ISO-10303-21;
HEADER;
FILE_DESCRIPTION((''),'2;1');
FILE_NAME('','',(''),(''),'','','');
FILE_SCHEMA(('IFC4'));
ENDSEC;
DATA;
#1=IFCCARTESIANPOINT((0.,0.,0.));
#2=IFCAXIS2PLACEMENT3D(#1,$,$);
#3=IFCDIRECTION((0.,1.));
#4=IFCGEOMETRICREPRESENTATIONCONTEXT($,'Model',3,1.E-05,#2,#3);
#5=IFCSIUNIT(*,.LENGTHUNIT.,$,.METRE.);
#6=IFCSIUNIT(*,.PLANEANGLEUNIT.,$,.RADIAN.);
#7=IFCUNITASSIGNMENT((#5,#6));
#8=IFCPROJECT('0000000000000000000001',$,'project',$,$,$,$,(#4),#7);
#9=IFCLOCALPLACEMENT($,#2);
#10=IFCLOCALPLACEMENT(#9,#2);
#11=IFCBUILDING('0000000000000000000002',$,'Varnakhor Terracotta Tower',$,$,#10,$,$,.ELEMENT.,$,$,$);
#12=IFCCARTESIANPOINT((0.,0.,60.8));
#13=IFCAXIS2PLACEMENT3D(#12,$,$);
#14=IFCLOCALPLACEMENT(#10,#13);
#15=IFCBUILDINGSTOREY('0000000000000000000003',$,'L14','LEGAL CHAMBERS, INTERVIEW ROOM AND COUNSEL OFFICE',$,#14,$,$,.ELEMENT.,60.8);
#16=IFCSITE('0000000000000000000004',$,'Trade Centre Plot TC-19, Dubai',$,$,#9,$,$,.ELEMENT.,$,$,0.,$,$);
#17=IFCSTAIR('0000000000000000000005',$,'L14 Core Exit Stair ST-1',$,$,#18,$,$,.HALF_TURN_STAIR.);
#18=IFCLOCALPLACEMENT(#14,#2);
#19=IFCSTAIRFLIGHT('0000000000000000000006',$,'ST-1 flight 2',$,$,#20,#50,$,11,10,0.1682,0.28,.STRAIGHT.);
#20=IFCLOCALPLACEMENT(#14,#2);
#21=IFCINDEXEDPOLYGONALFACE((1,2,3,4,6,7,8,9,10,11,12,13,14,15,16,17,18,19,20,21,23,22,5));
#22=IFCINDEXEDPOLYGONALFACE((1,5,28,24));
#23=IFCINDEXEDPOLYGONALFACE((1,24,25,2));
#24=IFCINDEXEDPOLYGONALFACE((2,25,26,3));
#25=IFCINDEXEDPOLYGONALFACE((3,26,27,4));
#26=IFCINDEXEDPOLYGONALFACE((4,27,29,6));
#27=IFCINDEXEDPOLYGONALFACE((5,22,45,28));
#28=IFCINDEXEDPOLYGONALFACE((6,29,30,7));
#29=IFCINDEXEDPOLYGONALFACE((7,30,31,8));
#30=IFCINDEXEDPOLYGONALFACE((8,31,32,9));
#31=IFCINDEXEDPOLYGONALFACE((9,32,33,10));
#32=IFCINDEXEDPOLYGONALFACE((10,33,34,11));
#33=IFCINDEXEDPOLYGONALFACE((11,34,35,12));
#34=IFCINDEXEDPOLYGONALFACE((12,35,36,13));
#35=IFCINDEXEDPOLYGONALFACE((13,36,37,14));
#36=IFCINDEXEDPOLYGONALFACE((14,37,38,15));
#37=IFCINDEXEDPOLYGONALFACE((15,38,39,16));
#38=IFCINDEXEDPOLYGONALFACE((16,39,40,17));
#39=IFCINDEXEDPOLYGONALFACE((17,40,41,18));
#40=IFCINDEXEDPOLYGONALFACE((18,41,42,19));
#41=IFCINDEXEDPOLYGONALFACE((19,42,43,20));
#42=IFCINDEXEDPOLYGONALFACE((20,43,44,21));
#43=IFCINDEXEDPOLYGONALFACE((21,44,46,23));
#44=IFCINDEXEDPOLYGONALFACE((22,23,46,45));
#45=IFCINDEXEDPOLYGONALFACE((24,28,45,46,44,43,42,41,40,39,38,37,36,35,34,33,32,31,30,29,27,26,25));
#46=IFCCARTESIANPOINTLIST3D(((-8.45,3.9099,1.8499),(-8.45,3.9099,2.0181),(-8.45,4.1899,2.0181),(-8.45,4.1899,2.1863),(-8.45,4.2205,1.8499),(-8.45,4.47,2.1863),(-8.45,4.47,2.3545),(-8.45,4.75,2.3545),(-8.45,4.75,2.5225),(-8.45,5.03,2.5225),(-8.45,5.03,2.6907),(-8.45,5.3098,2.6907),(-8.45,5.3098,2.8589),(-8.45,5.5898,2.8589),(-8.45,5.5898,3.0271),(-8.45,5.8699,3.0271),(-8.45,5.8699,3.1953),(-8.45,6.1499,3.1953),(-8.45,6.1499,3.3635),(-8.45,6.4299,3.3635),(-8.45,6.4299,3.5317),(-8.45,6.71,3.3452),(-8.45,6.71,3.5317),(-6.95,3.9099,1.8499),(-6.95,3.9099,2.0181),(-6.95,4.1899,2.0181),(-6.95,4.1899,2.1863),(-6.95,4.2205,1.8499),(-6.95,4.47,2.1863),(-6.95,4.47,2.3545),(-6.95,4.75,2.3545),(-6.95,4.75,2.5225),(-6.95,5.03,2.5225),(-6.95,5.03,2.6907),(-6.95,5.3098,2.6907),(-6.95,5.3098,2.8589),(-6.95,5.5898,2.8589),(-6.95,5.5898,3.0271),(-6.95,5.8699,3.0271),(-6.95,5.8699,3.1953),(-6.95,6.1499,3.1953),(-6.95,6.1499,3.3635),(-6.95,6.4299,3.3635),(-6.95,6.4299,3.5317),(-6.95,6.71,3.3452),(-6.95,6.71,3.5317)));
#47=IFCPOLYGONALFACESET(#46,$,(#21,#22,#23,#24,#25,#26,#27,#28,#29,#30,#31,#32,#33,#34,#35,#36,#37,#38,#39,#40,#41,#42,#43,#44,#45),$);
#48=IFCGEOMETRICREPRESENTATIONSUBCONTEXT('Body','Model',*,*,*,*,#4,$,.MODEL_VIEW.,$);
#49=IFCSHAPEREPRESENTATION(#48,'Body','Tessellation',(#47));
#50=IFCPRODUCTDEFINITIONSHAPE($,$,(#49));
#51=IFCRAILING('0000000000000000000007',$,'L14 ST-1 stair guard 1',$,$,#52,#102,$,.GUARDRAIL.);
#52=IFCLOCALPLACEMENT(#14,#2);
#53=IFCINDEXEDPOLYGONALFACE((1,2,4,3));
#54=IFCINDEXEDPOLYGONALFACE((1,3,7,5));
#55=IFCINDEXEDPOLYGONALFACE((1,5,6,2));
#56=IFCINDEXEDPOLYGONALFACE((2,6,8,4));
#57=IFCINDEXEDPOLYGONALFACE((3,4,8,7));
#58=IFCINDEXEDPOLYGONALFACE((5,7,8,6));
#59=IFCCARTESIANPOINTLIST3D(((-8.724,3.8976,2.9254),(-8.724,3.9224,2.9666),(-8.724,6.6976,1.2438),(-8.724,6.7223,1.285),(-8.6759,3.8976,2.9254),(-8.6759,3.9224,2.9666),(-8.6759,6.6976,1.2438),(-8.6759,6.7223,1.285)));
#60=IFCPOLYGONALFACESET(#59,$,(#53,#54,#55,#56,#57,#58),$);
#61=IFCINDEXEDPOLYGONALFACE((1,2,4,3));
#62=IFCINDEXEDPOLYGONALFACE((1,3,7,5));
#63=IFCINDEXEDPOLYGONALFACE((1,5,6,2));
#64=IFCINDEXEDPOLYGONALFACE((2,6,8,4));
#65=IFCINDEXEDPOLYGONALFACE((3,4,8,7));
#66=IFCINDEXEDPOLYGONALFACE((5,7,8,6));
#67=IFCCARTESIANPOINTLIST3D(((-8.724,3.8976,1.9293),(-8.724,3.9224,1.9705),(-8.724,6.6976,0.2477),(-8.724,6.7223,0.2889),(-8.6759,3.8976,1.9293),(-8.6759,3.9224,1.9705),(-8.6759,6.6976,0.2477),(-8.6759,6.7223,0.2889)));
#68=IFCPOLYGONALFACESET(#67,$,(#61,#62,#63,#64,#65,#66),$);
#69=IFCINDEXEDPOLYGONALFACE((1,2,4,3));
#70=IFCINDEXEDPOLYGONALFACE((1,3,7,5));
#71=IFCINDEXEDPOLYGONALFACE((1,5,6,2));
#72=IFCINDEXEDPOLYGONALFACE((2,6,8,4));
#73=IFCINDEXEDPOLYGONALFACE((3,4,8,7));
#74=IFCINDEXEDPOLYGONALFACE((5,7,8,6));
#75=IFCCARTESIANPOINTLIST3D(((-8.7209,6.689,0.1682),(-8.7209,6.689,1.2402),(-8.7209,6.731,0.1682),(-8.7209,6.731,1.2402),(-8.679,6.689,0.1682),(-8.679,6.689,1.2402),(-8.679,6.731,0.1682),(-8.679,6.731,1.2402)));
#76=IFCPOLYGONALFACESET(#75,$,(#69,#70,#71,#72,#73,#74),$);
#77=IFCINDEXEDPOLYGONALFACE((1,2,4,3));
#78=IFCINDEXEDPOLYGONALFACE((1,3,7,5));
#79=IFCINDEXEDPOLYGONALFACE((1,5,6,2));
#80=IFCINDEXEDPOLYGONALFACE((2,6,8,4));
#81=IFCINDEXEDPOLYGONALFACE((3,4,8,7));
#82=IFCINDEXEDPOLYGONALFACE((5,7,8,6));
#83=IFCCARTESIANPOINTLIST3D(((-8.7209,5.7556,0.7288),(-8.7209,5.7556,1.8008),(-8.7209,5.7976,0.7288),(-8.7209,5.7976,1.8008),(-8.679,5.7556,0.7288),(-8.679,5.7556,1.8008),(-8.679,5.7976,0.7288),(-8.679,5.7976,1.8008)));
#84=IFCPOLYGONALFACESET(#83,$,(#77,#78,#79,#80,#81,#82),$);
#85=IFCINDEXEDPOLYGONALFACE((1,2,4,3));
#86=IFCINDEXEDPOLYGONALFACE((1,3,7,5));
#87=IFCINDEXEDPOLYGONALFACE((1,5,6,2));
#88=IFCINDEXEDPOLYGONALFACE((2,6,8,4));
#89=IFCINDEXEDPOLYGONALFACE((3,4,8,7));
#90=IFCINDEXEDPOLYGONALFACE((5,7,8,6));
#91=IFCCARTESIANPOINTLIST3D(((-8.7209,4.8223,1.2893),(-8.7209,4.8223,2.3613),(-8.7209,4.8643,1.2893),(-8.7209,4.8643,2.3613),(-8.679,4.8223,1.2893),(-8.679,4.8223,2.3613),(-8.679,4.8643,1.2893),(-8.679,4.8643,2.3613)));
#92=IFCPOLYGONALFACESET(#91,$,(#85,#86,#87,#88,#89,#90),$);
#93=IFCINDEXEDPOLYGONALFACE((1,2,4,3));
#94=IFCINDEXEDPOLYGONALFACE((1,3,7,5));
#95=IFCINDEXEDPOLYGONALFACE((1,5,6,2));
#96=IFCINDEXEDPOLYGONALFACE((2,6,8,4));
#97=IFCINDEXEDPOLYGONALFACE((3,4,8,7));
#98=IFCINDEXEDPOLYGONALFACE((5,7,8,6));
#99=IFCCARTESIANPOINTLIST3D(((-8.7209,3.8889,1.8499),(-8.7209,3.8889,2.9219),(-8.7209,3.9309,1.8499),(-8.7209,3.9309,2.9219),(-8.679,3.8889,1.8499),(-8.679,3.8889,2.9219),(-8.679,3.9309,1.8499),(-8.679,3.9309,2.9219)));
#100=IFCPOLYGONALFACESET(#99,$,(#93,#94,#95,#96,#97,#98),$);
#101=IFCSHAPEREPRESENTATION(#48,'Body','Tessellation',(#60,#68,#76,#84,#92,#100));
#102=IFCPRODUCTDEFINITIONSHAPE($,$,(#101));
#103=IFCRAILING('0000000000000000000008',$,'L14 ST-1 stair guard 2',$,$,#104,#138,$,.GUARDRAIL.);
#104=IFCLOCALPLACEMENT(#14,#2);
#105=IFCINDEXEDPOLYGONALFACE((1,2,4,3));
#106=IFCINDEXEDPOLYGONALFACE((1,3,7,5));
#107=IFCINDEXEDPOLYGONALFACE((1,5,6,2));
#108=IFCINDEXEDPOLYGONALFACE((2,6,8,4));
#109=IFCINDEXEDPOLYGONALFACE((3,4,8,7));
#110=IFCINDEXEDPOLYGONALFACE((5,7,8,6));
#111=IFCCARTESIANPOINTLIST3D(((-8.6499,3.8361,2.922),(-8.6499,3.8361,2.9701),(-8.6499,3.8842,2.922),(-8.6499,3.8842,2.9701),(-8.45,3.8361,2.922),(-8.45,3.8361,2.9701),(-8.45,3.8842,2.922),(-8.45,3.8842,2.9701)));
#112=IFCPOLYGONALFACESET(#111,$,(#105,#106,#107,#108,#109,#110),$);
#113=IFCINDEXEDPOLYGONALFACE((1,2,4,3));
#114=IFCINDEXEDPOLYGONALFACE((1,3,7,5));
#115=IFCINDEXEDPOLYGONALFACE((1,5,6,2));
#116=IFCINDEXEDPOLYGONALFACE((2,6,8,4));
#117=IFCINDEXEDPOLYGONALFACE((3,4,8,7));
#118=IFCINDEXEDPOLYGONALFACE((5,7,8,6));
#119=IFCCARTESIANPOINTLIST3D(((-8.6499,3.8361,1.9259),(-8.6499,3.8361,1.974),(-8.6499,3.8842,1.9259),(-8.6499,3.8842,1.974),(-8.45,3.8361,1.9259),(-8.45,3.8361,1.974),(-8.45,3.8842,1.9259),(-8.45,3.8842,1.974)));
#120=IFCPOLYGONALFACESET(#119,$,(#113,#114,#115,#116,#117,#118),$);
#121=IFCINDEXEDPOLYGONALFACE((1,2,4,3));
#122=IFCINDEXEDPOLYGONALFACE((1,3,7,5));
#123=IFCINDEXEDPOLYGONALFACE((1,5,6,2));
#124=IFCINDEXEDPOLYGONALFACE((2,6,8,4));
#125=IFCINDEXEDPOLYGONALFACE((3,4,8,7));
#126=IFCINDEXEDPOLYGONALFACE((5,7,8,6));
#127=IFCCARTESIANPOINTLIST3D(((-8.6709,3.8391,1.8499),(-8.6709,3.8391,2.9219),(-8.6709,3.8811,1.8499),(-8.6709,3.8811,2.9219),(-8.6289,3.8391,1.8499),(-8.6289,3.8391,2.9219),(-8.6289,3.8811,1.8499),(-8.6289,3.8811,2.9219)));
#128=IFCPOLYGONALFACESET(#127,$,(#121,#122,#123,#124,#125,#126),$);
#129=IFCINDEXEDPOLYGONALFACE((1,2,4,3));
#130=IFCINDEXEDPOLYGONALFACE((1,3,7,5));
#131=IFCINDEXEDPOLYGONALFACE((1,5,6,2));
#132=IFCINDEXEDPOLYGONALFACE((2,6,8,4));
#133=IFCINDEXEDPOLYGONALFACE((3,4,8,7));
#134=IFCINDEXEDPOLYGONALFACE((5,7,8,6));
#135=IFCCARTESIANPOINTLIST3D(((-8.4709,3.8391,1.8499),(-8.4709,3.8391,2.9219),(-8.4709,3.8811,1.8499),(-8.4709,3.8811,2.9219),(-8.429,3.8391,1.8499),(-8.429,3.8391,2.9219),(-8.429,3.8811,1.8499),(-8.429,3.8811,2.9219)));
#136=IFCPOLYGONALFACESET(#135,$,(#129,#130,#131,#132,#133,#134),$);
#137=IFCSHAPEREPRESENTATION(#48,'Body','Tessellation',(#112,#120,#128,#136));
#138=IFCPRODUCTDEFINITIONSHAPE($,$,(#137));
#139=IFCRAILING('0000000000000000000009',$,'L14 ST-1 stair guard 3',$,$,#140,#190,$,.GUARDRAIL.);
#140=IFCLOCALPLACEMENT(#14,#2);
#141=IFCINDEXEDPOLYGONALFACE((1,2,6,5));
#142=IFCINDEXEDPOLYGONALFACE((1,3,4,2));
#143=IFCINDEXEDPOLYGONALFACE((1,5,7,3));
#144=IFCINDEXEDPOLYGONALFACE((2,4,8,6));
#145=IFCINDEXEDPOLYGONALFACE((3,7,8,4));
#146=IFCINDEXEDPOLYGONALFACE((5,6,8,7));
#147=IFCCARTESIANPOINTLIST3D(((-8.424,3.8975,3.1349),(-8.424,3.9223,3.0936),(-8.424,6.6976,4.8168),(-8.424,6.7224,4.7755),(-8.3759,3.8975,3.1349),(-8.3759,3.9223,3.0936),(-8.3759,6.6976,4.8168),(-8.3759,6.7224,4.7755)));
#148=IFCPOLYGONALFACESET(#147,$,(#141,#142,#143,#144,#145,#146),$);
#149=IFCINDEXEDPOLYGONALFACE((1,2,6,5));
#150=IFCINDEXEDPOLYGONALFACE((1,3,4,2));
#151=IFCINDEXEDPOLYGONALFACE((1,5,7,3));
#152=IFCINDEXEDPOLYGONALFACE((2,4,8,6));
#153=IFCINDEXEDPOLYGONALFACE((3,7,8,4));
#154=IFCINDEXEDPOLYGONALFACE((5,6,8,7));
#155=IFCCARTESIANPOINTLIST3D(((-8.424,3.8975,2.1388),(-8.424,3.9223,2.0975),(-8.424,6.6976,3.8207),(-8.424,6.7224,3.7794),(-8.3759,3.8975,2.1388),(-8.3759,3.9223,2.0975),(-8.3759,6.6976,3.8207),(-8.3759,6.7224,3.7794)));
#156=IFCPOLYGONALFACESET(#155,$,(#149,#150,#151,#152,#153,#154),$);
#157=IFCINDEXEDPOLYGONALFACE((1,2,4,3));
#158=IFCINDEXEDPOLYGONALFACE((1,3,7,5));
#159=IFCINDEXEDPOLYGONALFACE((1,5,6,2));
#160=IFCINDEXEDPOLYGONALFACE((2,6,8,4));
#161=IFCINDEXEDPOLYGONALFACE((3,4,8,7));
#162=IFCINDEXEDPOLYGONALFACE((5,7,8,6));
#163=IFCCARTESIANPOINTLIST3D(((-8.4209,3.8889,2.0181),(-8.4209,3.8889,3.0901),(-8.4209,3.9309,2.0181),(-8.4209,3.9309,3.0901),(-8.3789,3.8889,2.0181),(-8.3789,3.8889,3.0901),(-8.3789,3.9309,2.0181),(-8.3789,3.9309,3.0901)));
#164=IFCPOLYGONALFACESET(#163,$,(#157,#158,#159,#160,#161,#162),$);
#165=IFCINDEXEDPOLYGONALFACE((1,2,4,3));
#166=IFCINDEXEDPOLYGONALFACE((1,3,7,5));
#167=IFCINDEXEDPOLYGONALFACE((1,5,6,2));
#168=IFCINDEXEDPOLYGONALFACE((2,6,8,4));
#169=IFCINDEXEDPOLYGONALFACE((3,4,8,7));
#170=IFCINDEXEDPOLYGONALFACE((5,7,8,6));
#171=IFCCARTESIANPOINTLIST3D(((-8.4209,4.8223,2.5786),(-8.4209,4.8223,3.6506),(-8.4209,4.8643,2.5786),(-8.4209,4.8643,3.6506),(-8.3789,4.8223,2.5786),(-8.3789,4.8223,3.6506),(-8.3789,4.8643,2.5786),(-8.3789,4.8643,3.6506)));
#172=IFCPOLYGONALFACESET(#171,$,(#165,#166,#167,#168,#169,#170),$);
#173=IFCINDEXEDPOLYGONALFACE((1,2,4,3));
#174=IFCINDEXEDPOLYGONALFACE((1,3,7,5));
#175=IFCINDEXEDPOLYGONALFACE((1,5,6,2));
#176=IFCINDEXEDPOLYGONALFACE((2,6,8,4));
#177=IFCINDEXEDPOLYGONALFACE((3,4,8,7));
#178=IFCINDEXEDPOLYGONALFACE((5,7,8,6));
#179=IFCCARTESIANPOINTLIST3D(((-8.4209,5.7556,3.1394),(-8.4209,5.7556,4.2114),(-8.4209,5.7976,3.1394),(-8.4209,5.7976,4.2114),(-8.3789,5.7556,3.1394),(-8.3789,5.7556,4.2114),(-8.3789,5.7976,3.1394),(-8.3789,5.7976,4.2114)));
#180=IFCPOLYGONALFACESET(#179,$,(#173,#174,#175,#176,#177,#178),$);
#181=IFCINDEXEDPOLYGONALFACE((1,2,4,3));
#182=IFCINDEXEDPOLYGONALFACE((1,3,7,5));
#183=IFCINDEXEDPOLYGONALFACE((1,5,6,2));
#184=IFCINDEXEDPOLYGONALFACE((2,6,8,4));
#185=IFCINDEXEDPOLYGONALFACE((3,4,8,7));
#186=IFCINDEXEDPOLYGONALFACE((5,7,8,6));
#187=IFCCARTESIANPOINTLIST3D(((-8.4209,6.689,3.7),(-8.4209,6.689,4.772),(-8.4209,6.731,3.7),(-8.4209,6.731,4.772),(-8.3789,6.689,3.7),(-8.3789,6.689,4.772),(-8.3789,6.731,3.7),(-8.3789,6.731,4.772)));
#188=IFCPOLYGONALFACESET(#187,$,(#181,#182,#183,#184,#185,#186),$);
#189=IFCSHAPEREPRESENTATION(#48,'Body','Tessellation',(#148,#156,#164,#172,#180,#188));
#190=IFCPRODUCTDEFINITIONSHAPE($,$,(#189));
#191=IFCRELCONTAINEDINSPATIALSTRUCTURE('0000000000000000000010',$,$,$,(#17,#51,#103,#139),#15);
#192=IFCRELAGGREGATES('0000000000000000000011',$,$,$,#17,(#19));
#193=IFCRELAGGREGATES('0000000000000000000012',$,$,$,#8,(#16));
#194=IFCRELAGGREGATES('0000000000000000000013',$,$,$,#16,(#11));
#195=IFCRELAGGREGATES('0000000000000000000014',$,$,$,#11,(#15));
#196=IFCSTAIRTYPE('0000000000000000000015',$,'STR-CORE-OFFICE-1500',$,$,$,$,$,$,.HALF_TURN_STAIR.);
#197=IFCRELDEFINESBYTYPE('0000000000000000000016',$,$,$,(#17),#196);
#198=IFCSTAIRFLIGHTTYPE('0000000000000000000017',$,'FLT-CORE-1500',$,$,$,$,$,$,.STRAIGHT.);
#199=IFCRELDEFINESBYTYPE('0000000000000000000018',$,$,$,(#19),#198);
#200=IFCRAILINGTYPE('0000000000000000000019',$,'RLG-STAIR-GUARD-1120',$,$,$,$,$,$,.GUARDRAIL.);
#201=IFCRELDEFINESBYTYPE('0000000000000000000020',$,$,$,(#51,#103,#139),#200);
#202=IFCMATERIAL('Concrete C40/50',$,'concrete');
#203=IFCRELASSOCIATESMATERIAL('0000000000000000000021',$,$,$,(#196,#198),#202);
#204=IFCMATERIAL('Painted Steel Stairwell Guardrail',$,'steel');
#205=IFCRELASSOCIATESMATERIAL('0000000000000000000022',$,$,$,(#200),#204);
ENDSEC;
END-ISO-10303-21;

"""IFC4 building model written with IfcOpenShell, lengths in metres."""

from ifc_helpers import new_model, si_unit, direction, frame, origin, origin_2d, place, context, subcontext, project, spatial, polyline, rectangle, outline, extrude, material, type_object, element, aggregate, save


model = new_model("IFC4")

# Units and contexts
model_context = context("Model", 3, precision=1e-05, world=origin(), true_north=direction((0.0, 1.0)))
body_context = subcontext(model_context, "Body", "Model", "MODEL_VIEW")
ifc_project = project(units=[si_unit("LENGTHUNIT", "METRE"), si_unit("PLANEANGLEUNIT", "RADIAN")], contexts=[model_context])

# Site, building, storey
site_placement = place(None, origin())
site = spatial("IfcSite", under=ifc_project, at=site_placement, Name="Trade Centre Plot TC-19, Dubai", CompositionType="ELEMENT", RefElevation=0.0)
building_placement = place(site_placement, origin())
building = spatial("IfcBuilding", under=site, at=building_placement, Name="Varnakhor Terracotta Tower", CompositionType="ELEMENT")
storey_placement = place(building_placement, frame((0.0, 0.0, 60.8)))
storey = spatial("IfcBuildingStorey", under=building, at=storey_placement, Name="L14", Description="LEGAL CHAMBERS, INTERVIEW ROOM AND COUNSEL OFFICE", CompositionType="ELEMENT", Elevation=60.8)

# Shared definitions
ifc_material_1 = material(Name="Concrete C40/50", Category="concrete")

# Stair, stair flight
stair_type = type_object("IfcStairType", Name="STR-CORE-OFFICE-1500", PredefinedType="HALF_TURN_STAIR", material=ifc_material_1)
stair_placement = place(storey_placement, origin())
stair = element("IfcStair", 1, at=stair_placement, inside=storey, type_object=stair_type, Name="L14 Core Exit Stair ST-1", PredefinedType="HALF_TURN_STAIR")
stair_flight_type = type_object("IfcStairFlightType", Name="FLT-CORE-1500", PredefinedType="STRAIGHT", material=ifc_material_1)
stair_flight_1_placement = place(storey_placement, frame((-7.7, 3.9099, 1.8499), z_axis=(0.0, 0.0, 1.0), x_axis=(0.0, 1.0, 0.0)))
stair_flight_1 = element("IfcStairFlight", 2, at=stair_flight_1_placement, type_object=stair_flight_type, Name="ST-1 flight 2", NumberOfRisers=11, NumberOfTreads=10, PredefinedType="STRAIGHT", RiserHeight=0.1682, TreadLength=0.28, context=body_context, shape_type="SweptSolid", body=[
    extrude(outline(polyline([(0.0, 0.0), (0.0, 0.1682), (0.28, 0.1682), (0.28, 0.3364), (0.5601, 0.3364), (0.5601, 0.5046), (0.8401, 0.5046), (0.8401, 0.6726), (1.1201, 0.6726), (1.1201, 0.8408), (1.3999, 0.8408), (1.3999, 1.009), (1.6799, 1.009), (1.6799, 1.1772), (1.96, 1.1772), (1.96, 1.3455), (2.24, 1.3455), (2.24, 1.5137), (2.52, 1.5137), (2.52, 1.6819), (2.8, 1.6819), (2.8, 1.8501), (2.8, 1.4954), (0.3105, 0.0), (0.0, 0.0)])), frame((0.0, 0.75, 0.0), z_axis=(0.0, -1.0, 0.0), x_axis=(1.0, 0.0, 0.0)), (0.0, 0.0, 1.0), 1.5),
])
aggregate(stair, [stair_flight_1])

# Railings
ifc_material_2 = material(Name="Painted Steel Stairwell Guardrail", Category="steel")
railing_type_1 = type_object("IfcRailingType", Name="RLG-STAIR-GUARD-1120", PredefinedType="GUARDRAIL", material=ifc_material_2)
railing_1_placement = place(storey_placement, frame((-8.7, 6.71, 0.1682)))
element("IfcRailing", 3, at=railing_1_placement, inside=storey, type_object=railing_type_1, Name="L14 ST-1 stair guard 1", PredefinedType="GUARDRAIL", context=body_context, shape_type="SweptSolid", body=[
    extrude(rectangle(XDim=0.0481, YDim=0.0481, at=origin_2d()), frame((0.0, 0.0, 1.0962), z_axis=(0.0, -0.857275, 0.514858), x_axis=(1.0, 0.0, 0.0)), (0.0, 0.0, 1.0), 3.2661),
    extrude(rectangle(XDim=0.0481, YDim=0.0481, at=origin_2d()), frame((0.0, 0.0, 0.1001), z_axis=(0.0, -0.857275, 0.514858), x_axis=(1.0, 0.0, 0.0)), (0.0, 0.0, 1.0), 3.2661),
    extrude(rectangle(XDim=0.042, YDim=0.042, at=origin_2d()), origin(), (0.0, 0.0, 1.0), 1.072),
    extrude(rectangle(XDim=0.042, YDim=0.042, at=origin_2d()), frame((0.0, -0.9333, 0.5605)), (0.0, 0.0, 1.0), 1.072),
    extrude(rectangle(XDim=0.042, YDim=0.042, at=origin_2d()), frame((0.0, -1.8667, 1.1211)), (0.0, 0.0, 1.0), 1.072),
    extrude(rectangle(XDim=0.042, YDim=0.042, at=origin_2d()), frame((0.0, -2.8, 1.6816)), (0.0, 0.0, 1.0), 1.072),
])
railing_2_placement = place(storey_placement, frame((-8.6499, 3.8601, 1.8499)))
element("IfcRailing", 4, at=railing_2_placement, inside=storey, type_object=railing_type_1, Name="L14 ST-1 stair guard 2", PredefinedType="GUARDRAIL", context=body_context, shape_type="SweptSolid", body=[
    extrude(rectangle(XDim=0.0481, YDim=0.0481, at=origin_2d()), frame((0.0, 0.0, 1.0962), z_axis=(1.0, 0.0, 0.0), x_axis=(0.0, 1.0, 0.0)), (0.0, 0.0, 1.0), 0.2),
    extrude(rectangle(XDim=0.0481, YDim=0.0481, at=origin_2d()), frame((0.0, 0.0, 0.1001), z_axis=(1.0, 0.0, 0.0), x_axis=(0.0, 1.0, 0.0)), (0.0, 0.0, 1.0), 0.2),
    extrude(rectangle(XDim=0.042, YDim=0.042, at=origin_2d()), origin(), (0.0, 0.0, 1.0), 1.072),
    extrude(rectangle(XDim=0.042, YDim=0.042, at=origin_2d()), frame((0.2, 0.0, 0.0)), (0.0, 0.0, 1.0), 1.072),
])
railing_3_placement = place(storey_placement, frame((-8.3999, 3.9099, 2.0181)))
element("IfcRailing", 5, at=railing_3_placement, inside=storey, type_object=railing_type_1, Name="L14 ST-1 stair guard 3", PredefinedType="GUARDRAIL", context=body_context, shape_type="SweptSolid", body=[
    extrude(rectangle(XDim=0.0481, YDim=0.0481, at=origin_2d()), frame((0.0, 0.0, 1.0962), z_axis=(0.0, 0.857242, 0.514913), x_axis=(-1.0, 0.0, 0.0)), (0.0, 0.0, 1.0), 3.2664),
    extrude(rectangle(XDim=0.0481, YDim=0.0481, at=origin_2d()), frame((0.0, 0.0, 0.1001), z_axis=(0.0, 0.857242, 0.514913), x_axis=(-1.0, 0.0, 0.0)), (0.0, 0.0, 1.0), 3.2664),
    extrude(rectangle(XDim=0.042, YDim=0.042, at=origin_2d()), origin(), (0.0, 0.0, 1.0), 1.072),
    extrude(rectangle(XDim=0.042, YDim=0.042, at=origin_2d()), frame((0.0, 0.9333, 0.5605)), (0.0, 0.0, 1.0), 1.072),
    extrude(rectangle(XDim=0.042, YDim=0.042, at=origin_2d()), frame((0.0, 1.8667, 1.1213)), (0.0, 0.0, 1.0), 1.072),
    extrude(rectangle(XDim=0.042, YDim=0.042, at=origin_2d()), frame((0.0, 2.8, 1.6819)), (0.0, 0.0, 1.0), 1.072),
])

save(model, "model.ifc")
